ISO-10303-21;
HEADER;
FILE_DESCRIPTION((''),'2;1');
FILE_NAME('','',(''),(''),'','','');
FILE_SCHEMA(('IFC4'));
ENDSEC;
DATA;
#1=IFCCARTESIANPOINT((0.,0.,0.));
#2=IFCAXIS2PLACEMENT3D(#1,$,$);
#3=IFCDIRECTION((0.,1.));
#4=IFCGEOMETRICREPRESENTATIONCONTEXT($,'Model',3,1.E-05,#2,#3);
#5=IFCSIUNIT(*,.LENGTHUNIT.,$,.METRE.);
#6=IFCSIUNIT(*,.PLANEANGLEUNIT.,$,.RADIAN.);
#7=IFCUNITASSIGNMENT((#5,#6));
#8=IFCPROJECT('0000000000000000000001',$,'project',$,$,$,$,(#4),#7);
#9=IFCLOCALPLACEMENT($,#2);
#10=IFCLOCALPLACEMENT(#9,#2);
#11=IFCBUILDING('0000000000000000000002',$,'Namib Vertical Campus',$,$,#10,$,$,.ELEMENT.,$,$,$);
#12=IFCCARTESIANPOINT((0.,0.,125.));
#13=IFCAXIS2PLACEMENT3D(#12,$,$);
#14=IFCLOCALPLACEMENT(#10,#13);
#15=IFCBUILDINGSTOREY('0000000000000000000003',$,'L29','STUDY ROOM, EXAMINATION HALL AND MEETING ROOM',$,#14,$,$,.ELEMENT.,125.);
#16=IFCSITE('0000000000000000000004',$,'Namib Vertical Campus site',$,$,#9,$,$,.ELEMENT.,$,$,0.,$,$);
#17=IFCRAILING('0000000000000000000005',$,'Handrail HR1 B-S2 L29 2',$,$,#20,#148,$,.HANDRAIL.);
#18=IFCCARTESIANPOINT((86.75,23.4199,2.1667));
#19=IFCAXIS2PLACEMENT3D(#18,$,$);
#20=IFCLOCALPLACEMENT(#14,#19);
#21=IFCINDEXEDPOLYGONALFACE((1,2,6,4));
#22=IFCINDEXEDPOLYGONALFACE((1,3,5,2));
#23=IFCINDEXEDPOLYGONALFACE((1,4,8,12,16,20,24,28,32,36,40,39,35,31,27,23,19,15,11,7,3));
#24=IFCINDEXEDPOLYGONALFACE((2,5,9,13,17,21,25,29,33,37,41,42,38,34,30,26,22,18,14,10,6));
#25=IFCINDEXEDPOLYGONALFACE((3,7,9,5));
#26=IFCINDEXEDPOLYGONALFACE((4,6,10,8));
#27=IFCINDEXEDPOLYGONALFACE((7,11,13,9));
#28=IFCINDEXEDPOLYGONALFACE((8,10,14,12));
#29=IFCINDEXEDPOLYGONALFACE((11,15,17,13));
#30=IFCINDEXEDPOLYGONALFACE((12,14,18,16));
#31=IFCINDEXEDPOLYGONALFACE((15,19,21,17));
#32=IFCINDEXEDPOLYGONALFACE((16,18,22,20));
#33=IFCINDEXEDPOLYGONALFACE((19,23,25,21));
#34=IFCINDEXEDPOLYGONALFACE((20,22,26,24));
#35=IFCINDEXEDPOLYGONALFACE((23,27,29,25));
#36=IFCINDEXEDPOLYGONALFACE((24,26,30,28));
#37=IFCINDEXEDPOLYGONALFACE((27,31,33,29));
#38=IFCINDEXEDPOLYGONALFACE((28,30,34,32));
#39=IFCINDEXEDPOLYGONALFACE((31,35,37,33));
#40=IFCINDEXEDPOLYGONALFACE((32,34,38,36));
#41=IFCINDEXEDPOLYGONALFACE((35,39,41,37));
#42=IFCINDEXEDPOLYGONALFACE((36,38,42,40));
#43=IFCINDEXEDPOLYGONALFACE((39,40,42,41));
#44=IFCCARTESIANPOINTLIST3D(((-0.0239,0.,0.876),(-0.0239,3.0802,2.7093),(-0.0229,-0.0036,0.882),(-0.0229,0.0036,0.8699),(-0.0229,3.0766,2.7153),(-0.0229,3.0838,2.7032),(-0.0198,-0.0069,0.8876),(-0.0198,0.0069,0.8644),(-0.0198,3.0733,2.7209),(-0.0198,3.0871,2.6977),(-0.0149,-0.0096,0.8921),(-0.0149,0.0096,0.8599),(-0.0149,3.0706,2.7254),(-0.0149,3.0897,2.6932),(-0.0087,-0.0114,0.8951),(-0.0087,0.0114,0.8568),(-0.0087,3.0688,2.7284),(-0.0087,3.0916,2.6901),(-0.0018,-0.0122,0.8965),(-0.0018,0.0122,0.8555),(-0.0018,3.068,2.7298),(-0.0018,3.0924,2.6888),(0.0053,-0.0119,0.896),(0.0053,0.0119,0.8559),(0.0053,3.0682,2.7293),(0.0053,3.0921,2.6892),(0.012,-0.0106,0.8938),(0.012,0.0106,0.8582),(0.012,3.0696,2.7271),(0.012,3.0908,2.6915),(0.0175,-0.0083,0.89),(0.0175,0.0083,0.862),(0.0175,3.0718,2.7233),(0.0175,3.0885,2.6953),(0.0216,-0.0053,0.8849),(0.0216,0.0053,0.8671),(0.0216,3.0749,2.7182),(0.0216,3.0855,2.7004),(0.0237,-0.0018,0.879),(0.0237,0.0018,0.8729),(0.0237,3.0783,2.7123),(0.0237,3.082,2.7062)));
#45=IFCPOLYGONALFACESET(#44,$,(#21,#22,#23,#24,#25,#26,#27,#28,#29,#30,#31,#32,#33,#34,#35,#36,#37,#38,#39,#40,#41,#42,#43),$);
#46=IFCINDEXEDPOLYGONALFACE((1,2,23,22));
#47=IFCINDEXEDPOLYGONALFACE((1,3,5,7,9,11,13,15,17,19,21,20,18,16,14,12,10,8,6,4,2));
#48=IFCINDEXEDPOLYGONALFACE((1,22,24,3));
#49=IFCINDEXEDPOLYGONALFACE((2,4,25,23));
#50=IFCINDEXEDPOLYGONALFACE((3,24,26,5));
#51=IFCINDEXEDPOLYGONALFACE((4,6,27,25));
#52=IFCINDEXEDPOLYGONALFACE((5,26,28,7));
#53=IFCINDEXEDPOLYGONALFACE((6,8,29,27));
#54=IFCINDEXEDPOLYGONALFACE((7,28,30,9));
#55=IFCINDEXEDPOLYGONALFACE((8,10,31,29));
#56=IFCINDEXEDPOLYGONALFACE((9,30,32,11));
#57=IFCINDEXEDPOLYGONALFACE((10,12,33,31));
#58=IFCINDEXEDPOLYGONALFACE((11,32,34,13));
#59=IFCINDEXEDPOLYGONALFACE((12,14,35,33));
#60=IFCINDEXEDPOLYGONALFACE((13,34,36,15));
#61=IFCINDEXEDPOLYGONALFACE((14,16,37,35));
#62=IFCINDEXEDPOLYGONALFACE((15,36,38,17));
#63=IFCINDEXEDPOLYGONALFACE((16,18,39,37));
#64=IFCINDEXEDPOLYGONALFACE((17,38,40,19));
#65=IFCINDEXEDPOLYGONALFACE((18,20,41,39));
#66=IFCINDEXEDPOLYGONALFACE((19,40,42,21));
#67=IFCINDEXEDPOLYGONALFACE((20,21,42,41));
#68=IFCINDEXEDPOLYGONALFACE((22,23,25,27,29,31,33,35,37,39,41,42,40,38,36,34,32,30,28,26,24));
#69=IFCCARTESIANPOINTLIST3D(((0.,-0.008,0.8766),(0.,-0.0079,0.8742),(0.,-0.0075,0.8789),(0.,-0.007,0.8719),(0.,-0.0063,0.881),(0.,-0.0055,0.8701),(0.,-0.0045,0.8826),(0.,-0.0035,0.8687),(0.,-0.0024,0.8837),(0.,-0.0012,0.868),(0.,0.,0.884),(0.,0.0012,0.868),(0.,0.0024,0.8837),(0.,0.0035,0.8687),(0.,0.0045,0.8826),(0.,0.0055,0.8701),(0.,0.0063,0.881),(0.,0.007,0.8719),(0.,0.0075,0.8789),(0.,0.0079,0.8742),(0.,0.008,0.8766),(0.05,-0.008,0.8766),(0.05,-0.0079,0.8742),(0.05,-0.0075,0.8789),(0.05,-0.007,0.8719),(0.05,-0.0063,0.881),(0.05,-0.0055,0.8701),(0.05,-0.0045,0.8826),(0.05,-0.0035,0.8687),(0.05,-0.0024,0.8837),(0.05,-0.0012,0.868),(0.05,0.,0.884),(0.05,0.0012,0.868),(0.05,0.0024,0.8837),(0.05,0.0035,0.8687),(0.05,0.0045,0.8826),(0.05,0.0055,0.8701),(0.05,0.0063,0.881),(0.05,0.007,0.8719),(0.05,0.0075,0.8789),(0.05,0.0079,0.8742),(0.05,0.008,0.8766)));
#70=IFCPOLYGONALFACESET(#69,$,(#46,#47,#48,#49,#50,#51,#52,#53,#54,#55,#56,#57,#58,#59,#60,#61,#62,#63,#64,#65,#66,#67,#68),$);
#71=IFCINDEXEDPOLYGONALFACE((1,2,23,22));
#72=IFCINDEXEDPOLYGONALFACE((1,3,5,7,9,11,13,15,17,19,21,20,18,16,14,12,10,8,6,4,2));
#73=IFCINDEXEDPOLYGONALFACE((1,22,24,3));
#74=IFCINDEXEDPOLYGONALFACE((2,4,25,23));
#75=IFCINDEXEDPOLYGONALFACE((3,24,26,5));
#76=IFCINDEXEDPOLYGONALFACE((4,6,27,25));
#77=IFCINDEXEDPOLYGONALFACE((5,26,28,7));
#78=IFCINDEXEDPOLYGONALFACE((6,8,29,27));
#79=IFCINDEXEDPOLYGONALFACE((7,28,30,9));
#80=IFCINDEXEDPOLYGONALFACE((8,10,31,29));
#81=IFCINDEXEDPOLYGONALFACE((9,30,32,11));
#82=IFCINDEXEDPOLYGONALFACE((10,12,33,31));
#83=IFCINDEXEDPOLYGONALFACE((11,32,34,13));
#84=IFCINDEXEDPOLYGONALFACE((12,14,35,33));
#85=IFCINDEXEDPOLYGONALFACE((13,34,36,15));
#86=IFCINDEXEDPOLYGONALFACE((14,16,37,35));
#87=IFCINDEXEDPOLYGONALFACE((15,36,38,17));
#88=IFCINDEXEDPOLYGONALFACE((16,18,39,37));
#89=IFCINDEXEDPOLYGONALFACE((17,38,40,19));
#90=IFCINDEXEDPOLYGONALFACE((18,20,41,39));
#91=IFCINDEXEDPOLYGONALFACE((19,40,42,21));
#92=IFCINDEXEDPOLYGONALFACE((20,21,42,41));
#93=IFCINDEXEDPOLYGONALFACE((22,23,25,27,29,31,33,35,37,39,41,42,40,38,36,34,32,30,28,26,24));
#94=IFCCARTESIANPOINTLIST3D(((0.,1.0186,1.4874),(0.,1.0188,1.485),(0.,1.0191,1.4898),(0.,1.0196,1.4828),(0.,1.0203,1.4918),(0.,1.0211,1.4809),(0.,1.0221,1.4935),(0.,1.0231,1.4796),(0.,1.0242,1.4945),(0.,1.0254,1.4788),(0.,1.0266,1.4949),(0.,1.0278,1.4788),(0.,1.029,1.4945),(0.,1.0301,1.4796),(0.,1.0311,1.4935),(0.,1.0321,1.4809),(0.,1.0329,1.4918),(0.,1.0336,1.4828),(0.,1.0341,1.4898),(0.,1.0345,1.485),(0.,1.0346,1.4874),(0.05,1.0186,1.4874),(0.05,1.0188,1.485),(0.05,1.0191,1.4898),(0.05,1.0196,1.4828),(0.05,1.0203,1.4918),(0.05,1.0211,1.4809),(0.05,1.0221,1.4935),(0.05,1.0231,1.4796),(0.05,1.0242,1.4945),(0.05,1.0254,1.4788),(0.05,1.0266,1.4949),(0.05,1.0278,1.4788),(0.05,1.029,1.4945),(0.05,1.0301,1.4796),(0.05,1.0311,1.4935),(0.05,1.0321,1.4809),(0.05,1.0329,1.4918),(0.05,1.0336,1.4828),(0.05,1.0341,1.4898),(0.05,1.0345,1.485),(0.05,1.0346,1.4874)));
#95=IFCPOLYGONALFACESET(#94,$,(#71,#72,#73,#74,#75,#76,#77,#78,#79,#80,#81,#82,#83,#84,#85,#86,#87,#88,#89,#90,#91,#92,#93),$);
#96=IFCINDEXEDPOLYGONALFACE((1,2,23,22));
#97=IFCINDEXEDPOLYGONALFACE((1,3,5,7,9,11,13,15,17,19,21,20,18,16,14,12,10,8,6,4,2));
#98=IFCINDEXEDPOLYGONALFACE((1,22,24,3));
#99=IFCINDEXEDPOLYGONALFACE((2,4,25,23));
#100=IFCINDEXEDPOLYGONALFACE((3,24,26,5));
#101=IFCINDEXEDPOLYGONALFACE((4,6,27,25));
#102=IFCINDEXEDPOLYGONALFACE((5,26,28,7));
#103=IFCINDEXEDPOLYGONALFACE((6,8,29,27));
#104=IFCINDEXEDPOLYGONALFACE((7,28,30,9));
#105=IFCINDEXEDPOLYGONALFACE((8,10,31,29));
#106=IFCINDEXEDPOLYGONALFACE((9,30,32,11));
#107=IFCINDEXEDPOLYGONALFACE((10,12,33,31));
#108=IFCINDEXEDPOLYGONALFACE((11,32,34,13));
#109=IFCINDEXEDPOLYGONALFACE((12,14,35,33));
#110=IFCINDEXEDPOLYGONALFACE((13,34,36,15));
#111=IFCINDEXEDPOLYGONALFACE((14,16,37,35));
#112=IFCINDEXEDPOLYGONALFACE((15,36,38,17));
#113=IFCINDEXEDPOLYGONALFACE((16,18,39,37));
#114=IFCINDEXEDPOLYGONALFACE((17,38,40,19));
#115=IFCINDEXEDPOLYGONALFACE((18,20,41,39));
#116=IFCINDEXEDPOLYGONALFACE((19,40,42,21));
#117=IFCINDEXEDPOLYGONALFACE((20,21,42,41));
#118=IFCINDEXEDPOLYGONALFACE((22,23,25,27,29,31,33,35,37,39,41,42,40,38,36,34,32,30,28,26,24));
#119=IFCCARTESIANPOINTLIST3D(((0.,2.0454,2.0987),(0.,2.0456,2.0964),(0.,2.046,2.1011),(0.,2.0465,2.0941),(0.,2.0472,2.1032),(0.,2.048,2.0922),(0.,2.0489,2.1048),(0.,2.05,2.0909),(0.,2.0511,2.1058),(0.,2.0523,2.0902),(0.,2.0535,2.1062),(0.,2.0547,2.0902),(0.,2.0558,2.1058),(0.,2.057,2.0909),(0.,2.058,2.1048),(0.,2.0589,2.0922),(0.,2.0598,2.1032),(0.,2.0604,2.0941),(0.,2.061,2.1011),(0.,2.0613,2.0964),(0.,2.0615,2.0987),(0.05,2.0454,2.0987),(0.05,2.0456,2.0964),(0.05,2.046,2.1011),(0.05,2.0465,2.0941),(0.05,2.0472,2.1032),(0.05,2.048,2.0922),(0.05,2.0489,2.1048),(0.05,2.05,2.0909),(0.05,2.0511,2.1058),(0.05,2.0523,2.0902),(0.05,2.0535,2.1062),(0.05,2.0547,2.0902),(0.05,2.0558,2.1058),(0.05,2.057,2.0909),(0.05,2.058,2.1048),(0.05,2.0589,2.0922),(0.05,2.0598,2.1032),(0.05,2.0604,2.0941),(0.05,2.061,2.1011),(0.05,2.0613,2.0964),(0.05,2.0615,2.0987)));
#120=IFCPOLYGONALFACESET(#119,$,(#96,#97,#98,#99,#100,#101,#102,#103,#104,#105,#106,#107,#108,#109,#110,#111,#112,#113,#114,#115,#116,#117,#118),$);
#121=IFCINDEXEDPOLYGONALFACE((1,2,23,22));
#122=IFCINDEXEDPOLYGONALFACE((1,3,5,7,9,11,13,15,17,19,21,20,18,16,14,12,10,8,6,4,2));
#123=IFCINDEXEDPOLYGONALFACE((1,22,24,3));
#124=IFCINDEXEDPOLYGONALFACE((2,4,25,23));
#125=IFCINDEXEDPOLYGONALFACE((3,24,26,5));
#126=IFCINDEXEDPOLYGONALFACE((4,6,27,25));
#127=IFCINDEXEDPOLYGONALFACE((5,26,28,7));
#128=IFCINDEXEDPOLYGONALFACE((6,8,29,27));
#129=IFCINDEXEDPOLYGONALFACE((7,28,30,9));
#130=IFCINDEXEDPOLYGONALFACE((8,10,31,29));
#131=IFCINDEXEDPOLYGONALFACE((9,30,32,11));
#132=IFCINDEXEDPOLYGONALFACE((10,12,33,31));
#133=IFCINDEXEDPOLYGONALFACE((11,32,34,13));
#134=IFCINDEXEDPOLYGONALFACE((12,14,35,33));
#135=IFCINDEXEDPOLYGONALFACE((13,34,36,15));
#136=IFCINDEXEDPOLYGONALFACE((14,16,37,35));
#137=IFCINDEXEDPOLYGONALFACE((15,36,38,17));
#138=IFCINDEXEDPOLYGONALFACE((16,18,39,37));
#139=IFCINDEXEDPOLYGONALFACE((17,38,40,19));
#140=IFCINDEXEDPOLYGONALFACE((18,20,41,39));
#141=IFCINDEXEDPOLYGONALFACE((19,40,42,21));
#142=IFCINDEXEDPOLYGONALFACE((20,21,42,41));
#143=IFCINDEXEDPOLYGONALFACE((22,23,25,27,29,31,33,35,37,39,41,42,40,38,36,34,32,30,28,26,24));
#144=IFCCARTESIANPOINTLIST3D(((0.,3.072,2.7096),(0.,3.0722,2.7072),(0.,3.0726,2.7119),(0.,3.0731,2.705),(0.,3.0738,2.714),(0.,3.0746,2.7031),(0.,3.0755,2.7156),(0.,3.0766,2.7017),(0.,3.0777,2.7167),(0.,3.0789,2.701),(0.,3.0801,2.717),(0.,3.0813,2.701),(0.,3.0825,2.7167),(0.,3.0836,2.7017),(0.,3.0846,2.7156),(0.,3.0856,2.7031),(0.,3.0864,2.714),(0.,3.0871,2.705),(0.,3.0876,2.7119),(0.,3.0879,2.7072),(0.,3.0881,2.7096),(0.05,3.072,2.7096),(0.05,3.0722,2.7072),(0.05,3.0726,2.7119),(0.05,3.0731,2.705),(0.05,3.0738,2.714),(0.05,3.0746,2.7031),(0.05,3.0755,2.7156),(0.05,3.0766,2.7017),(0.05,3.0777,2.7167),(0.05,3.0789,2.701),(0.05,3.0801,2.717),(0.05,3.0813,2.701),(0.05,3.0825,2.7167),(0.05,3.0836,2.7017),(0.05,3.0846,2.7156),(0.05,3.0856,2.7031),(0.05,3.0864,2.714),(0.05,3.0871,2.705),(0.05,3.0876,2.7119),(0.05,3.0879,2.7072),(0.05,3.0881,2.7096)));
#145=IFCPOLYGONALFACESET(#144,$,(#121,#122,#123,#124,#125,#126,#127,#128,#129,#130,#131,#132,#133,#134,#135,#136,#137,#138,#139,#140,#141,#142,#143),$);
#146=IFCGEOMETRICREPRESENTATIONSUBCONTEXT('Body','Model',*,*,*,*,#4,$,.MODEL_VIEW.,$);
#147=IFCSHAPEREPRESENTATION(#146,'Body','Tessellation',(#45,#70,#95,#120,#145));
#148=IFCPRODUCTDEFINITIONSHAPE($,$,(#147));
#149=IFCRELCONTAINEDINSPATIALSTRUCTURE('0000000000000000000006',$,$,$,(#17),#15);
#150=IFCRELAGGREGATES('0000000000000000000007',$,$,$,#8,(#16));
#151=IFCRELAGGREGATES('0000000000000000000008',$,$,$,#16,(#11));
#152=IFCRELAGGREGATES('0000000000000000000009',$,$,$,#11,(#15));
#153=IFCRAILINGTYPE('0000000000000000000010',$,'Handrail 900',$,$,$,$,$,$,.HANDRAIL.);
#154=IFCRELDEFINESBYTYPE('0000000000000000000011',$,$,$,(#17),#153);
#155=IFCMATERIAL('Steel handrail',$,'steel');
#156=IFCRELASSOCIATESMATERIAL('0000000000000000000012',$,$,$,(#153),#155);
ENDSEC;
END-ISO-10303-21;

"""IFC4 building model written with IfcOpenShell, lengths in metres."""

from ifc_helpers import new_model, si_unit, direction, frame, origin, origin_2d, place, context, subcontext, project, spatial, circle, extrude, material, type_object, element, save


model = new_model("IFC4")

# Units and contexts
model_context = context("Model", 3, precision=1e-05, world=origin(), true_north=direction((0.0, 1.0)))
body_context = subcontext(model_context, "Body", "Model", "MODEL_VIEW")
ifc_project = project(units=[si_unit("LENGTHUNIT", "METRE"), si_unit("PLANEANGLEUNIT", "RADIAN")], contexts=[model_context])

# Site, building, storey
site_placement = place(None, origin())
site = spatial("IfcSite", under=ifc_project, at=site_placement, Name="Namib Vertical Campus site", CompositionType="ELEMENT", RefElevation=0.0)
building_placement = place(site_placement, origin())
building = spatial("IfcBuilding", under=site, at=building_placement, Name="Namib Vertical Campus", CompositionType="ELEMENT")
storey_placement = place(building_placement, frame((0.0, 0.0, 125.0)))
storey = spatial("IfcBuildingStorey", under=building, at=storey_placement, Name="L29", Description="STUDY ROOM, EXAMINATION HALL AND MEETING ROOM", CompositionType="ELEMENT", Elevation=125.0)

# Railing
ifc_material_1 = material(Name="Steel handrail", Category="steel")
railing_type_1 = type_object("IfcRailingType", Name="Handrail 900", PredefinedType="HANDRAIL", material=ifc_material_1)
railing_1_placement = place(storey_placement, frame((86.75, 23.4199, 2.1667)))
element("IfcRailing", 1, at=railing_1_placement, inside=storey, type_object=railing_type_1, Name="Handrail HR1 B-S2 L29 2", PredefinedType="HANDRAIL", context=body_context, shape_type="SweptSolid", body=[
    extrude(circle(Radius=0.0239, at=origin_2d()), frame((0.0, 0.0, 0.876), z_axis=(0.0, 0.859309, 0.511458), x_axis=(-1.0, 0.0, 0.0)), (0.0, 0.0, 1.0), 3.5845),
    extrude(circle(Radius=0.0081, at=origin_2d()), frame((0.0, 0.0, 0.876), z_axis=(1.0, 0.0, 0.0), x_axis=(0.0, 0.0, 1.0)), (0.0, 0.0, 1.0), 0.05),
    extrude(circle(Radius=0.0081, at=origin_2d()), frame((0.0, 1.0266, 1.4868), z_axis=(1.0, 0.0, 0.0), x_axis=(0.0, 0.0, 1.0)), (0.0, 0.0, 1.0), 0.05),
    extrude(circle(Radius=0.0081, at=origin_2d()), frame((0.0, 2.0535, 2.0981), z_axis=(1.0, 0.0, 0.0), x_axis=(0.0, 0.0, 1.0)), (0.0, 0.0, 1.0), 0.05),
    extrude(circle(Radius=0.0081, at=origin_2d()), frame((0.0, 3.0801, 2.709), z_axis=(1.0, 0.0, 0.0), x_axis=(0.0, 0.0, 1.0)), (0.0, 0.0, 1.0), 0.05),
])

save(model, "model.ifc")
